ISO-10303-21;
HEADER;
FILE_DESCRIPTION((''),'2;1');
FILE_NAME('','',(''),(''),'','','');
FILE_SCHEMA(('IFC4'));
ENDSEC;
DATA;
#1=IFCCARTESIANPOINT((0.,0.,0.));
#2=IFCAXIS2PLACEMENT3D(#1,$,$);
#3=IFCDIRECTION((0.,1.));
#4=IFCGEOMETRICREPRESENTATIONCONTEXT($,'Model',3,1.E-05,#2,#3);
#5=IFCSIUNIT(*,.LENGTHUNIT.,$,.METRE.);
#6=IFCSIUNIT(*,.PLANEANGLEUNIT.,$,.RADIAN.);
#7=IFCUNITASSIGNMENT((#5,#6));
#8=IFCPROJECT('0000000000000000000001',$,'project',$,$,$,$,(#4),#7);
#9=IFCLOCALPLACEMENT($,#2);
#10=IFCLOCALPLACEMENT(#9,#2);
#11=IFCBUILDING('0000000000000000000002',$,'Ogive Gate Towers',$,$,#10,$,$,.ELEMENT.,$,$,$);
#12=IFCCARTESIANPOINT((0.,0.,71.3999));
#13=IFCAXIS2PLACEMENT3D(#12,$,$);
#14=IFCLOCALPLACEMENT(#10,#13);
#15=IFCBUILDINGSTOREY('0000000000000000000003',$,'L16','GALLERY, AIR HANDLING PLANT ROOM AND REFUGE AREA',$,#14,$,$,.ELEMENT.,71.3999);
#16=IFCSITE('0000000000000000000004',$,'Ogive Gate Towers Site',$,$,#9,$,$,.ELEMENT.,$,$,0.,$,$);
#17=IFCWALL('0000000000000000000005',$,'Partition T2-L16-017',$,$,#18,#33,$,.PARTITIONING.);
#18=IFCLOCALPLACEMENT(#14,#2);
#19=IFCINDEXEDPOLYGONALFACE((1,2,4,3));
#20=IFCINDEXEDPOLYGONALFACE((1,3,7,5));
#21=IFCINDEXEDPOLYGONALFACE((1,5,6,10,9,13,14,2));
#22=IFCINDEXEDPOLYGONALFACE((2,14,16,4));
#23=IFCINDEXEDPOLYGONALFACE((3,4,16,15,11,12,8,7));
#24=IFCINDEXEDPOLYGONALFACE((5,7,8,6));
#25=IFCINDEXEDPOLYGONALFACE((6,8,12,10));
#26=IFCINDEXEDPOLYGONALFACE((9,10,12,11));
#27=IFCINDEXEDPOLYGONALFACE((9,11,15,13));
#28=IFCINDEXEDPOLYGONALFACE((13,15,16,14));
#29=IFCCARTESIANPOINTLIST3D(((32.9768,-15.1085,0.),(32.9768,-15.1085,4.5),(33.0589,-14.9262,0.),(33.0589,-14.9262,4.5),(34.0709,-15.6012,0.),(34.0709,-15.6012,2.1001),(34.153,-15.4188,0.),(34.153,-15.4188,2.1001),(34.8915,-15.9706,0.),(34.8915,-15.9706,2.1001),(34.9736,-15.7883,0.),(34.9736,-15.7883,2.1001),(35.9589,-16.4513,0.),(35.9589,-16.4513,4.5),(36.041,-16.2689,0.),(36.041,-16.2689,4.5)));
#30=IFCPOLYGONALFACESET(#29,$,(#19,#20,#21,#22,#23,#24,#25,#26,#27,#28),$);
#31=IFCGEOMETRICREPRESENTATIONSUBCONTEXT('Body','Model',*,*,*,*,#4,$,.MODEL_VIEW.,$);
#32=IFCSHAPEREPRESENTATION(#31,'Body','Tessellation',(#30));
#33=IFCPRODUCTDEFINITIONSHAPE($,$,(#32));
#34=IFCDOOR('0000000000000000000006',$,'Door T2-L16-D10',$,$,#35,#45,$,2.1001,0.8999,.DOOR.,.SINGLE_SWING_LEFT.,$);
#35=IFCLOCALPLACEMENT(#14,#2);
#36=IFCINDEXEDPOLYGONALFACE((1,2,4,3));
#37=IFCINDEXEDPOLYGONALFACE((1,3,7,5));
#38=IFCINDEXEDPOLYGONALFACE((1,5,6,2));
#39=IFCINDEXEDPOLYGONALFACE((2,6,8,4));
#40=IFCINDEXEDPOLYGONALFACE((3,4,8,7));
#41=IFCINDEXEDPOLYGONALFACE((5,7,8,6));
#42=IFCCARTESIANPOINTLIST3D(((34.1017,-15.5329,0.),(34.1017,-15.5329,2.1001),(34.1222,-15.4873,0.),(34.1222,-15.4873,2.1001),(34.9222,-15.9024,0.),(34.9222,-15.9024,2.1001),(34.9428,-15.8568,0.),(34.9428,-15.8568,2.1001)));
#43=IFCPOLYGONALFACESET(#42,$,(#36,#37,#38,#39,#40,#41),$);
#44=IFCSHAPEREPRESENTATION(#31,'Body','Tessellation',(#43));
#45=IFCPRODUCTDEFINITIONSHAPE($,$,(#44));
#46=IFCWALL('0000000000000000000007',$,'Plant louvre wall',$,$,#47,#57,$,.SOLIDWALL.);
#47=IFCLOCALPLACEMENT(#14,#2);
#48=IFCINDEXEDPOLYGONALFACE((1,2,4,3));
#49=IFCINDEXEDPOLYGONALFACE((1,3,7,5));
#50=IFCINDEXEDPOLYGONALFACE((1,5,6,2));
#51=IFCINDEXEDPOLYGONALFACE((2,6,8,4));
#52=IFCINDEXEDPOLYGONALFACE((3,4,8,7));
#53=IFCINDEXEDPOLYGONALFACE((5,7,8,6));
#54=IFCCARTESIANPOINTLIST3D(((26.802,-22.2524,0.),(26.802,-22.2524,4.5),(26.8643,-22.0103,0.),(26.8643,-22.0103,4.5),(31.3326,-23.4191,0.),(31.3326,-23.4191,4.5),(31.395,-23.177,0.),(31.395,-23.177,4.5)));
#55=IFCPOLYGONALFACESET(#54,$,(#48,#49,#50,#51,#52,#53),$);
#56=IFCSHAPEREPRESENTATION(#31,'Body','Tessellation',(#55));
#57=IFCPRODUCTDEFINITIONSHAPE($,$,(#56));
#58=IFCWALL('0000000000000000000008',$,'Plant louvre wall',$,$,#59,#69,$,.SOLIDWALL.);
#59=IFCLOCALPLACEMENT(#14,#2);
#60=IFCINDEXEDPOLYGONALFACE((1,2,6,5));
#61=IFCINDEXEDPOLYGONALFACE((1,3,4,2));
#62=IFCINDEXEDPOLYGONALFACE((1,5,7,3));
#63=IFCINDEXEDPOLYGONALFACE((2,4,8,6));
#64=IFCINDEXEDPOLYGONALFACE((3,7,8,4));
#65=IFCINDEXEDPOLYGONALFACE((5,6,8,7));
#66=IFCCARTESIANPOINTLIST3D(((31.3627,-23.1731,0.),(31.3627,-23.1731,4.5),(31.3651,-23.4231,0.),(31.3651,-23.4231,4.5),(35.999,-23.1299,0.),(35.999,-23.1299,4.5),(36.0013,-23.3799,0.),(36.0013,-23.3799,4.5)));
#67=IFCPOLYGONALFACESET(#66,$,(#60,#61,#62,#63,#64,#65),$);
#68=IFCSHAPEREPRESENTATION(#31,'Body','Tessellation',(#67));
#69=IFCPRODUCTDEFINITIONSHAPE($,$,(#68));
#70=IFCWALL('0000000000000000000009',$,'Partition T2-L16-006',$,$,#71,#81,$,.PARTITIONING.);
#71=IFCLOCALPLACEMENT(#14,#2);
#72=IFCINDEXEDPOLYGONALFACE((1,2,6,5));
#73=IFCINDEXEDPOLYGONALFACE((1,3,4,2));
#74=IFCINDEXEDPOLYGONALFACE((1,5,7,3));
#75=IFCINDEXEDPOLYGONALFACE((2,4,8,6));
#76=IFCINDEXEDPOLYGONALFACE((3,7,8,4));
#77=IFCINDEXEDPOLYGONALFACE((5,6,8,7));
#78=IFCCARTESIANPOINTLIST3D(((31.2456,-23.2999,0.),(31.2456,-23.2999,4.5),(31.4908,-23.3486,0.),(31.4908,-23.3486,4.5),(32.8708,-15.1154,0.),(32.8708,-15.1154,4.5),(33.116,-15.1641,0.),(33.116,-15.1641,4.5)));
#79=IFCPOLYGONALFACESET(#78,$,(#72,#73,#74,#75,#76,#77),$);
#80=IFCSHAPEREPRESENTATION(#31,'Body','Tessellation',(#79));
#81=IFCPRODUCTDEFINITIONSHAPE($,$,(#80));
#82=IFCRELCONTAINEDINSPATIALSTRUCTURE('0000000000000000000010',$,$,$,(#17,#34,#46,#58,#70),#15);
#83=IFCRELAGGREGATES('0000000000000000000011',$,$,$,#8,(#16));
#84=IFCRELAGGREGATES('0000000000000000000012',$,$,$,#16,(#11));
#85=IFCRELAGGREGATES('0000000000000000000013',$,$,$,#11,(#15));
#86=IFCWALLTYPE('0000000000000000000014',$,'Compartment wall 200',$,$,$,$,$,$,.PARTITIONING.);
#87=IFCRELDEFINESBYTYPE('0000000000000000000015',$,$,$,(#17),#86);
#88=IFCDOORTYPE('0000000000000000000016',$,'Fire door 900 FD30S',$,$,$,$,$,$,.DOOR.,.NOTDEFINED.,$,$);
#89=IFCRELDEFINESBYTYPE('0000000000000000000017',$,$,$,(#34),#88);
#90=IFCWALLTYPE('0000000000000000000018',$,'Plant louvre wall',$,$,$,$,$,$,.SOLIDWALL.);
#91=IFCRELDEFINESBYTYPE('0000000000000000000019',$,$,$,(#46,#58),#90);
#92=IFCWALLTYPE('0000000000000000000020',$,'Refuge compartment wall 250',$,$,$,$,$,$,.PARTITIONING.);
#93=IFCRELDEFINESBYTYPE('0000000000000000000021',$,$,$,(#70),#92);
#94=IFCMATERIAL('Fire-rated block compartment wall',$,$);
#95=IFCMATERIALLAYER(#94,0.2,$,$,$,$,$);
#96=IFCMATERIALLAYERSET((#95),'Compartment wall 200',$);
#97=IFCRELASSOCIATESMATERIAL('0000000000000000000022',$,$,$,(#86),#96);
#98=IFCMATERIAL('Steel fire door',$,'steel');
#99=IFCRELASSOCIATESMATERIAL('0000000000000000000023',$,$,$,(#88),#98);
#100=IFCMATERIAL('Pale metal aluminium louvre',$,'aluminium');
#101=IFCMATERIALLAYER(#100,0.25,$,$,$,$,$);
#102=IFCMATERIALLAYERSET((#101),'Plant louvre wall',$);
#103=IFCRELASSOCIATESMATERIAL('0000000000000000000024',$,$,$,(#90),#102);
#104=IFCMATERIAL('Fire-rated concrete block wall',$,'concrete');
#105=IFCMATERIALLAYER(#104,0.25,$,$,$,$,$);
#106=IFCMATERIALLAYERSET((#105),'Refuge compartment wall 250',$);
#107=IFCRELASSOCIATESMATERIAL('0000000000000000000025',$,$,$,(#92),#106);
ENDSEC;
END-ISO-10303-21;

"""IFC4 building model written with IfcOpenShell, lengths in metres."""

from ifc_helpers import new_model, si_unit, direction, frame, frame_2d, origin, place, context, subcontext, project, spatial, rectangle, extrude, material, layer, layer_set, type_object, element, fill, save


model = new_model("IFC4")

# Units and contexts
model_context = context("Model", 3, precision=1e-05, world=origin(), true_north=direction((0.0, 1.0)))
body_context = subcontext(model_context, "Body", "Model", "MODEL_VIEW")
ifc_project = project(units=[si_unit("LENGTHUNIT", "METRE"), si_unit("PLANEANGLEUNIT", "RADIAN")], contexts=[model_context])

# Site, building, storey
site_placement = place(None, origin())
site = spatial("IfcSite", under=ifc_project, at=site_placement, Name="Ogive Gate Towers Site", CompositionType="ELEMENT", RefElevation=0.0)
building_placement = place(site_placement, origin())
building = spatial("IfcBuilding", under=site, at=building_placement, Name="Ogive Gate Towers", CompositionType="ELEMENT")
storey_placement = place(building_placement, frame((0.0, 0.0, 71.3999)))
storey = spatial("IfcBuildingStorey", under=building, at=storey_placement, Name="L16", Description="GALLERY, AIR HANDLING PLANT ROOM AND REFUGE AREA", CompositionType="ELEMENT", Elevation=71.3999)

# Wall, opening, door
ifc_material_1 = material(Name="Fire-rated block compartment wall")
ifc_layer_1 = layer(ifc_material_1, 0.2)
ifc_layer_set_1 = layer_set([ifc_layer_1], Name="Compartment wall 200")
wall_type_1 = type_object("IfcWallType", Name="Compartment wall 200", PredefinedType="PARTITIONING", material=ifc_layer_set_1)
wall_1_placement = place(storey_placement, frame((33.0178, -15.0173, 0.0), z_axis=(0.0, 0.0, 1.0), x_axis=(0.911831, -0.410566, 0.0)))
wall_1 = element("IfcWall", 1, at=wall_1_placement, inside=storey, type_object=wall_type_1, Name="Partition T2-L16-017", PredefinedType="PARTITIONING", context=body_context, shape_type="SweptSolid", body=[
    extrude(rectangle(XDim=3.2705, YDim=0.2, at=frame_2d((1.6353, 0.0))), origin(), (0.0, 0.0, 1.0), 4.5),
])
opening_placement = place(wall_1_placement, frame((1.2, 0.0, 0.0)))
opening = element("IfcOpeningElement", 2, at=opening_placement, cuts=wall_1, PredefinedType="OPENING", context=body_context, shape_type="SweptSolid", body=[
    extrude(rectangle(XDim=0.8999, YDim=2.1001, at=frame_2d((0.45, 1.05))), frame((0.0, 0.1099, 0.0), z_axis=(0.0, -1.0, 0.0), x_axis=(1.0, 0.0, 0.0)), (0.0, 0.0, 1.0), 0.22),
])
ifc_material_2 = material(Name="Steel fire door", Category="steel")
door_type = type_object("IfcDoorType", Name="Fire door 900 FD30S", OperationType="NOTDEFINED", PredefinedType="DOOR", material=ifc_material_2)
door_placement = place(opening_placement, origin())
door = element("IfcDoor", 3, at=door_placement, inside=storey, type_object=door_type, Name="Door T2-L16-D10", OperationType="SINGLE_SWING_LEFT", OverallHeight=2.1001, OverallWidth=0.8999, PredefinedType="DOOR", context=body_context, shape_type="SweptSolid", body=[
    extrude(rectangle(XDim=0.8999, YDim=2.1001, at=frame_2d((0.45, 1.05))), frame((0.0, 0.0249, 0.0), z_axis=(0.0, -1.0, 0.0), x_axis=(1.0, 0.0, 0.0)), (0.0, 0.0, 1.0), 0.05),
])
fill(opening, door)

# Walls
ifc_material_3 = material(Name="Pale metal aluminium louvre", Category="aluminium")
ifc_layer_2 = layer(ifc_material_3, 0.25)
ifc_layer_set_2 = layer_set([ifc_layer_2], Name="Plant louvre wall")
wall_type_2 = type_object("IfcWallType", Name="Plant louvre wall", PredefinedType="SOLIDWALL", material=ifc_layer_set_2)
wall_2_placement = place(storey_placement, frame((26.833, -22.1313, 0.0), z_axis=(0.0, 0.0, 1.0), x_axis=(0.968405, -0.249381, 0.0)))
element("IfcWall", 4, at=wall_2_placement, inside=storey, type_object=wall_type_2, Name="Plant louvre wall", PredefinedType="SOLIDWALL", context=body_context, shape_type="SweptSolid", body=[
    extrude(rectangle(XDim=4.6785, YDim=0.25, at=frame_2d((2.3394, 0.0))), origin(), (0.0, 0.0, 1.0), 4.5),
])
wall_3_placement = place(storey_placement, frame((31.3638, -23.2981, 0.0), z_axis=(0.0, 0.0, 1.0), x_axis=(0.999957, 0.00932, 0.0)))
element("IfcWall", 5, at=wall_3_placement, inside=storey, type_object=wall_type_2, Name="Plant louvre wall", PredefinedType="SOLIDWALL", context=body_context, shape_type="SweptSolid", body=[
    extrude(rectangle(XDim=4.6365, YDim=0.25, at=frame_2d((2.3184, 0.0))), origin(), (0.0, 0.0, 1.0), 4.5),
])
ifc_material_4 = material(Name="Fire-rated concrete block wall", Category="concrete")
ifc_layer_3 = layer(ifc_material_4, 0.25)
ifc_layer_set_3 = layer_set([ifc_layer_3], Name="Refuge compartment wall 250")
wall_type_3 = type_object("IfcWallType", Name="Refuge compartment wall 250", PredefinedType="PARTITIONING", material=ifc_layer_set_3)
wall_4_placement = place(storey_placement, frame((31.3682, -23.3242, 0.0), z_axis=(0.0, 0.0, 1.0), x_axis=(0.194777, 0.980848, 0.0)))
element("IfcWall", 6, at=wall_4_placement, inside=storey, type_object=wall_type_3, Name="Partition T2-L16-006", PredefinedType="PARTITIONING", context=body_context, shape_type="SweptSolid", body=[
    extrude(rectangle(XDim=8.3442, YDim=0.25, at=frame_2d((4.1721, 0.0))), origin(), (0.0, 0.0, 1.0), 4.5),
])

save(model, "model.ifc")
